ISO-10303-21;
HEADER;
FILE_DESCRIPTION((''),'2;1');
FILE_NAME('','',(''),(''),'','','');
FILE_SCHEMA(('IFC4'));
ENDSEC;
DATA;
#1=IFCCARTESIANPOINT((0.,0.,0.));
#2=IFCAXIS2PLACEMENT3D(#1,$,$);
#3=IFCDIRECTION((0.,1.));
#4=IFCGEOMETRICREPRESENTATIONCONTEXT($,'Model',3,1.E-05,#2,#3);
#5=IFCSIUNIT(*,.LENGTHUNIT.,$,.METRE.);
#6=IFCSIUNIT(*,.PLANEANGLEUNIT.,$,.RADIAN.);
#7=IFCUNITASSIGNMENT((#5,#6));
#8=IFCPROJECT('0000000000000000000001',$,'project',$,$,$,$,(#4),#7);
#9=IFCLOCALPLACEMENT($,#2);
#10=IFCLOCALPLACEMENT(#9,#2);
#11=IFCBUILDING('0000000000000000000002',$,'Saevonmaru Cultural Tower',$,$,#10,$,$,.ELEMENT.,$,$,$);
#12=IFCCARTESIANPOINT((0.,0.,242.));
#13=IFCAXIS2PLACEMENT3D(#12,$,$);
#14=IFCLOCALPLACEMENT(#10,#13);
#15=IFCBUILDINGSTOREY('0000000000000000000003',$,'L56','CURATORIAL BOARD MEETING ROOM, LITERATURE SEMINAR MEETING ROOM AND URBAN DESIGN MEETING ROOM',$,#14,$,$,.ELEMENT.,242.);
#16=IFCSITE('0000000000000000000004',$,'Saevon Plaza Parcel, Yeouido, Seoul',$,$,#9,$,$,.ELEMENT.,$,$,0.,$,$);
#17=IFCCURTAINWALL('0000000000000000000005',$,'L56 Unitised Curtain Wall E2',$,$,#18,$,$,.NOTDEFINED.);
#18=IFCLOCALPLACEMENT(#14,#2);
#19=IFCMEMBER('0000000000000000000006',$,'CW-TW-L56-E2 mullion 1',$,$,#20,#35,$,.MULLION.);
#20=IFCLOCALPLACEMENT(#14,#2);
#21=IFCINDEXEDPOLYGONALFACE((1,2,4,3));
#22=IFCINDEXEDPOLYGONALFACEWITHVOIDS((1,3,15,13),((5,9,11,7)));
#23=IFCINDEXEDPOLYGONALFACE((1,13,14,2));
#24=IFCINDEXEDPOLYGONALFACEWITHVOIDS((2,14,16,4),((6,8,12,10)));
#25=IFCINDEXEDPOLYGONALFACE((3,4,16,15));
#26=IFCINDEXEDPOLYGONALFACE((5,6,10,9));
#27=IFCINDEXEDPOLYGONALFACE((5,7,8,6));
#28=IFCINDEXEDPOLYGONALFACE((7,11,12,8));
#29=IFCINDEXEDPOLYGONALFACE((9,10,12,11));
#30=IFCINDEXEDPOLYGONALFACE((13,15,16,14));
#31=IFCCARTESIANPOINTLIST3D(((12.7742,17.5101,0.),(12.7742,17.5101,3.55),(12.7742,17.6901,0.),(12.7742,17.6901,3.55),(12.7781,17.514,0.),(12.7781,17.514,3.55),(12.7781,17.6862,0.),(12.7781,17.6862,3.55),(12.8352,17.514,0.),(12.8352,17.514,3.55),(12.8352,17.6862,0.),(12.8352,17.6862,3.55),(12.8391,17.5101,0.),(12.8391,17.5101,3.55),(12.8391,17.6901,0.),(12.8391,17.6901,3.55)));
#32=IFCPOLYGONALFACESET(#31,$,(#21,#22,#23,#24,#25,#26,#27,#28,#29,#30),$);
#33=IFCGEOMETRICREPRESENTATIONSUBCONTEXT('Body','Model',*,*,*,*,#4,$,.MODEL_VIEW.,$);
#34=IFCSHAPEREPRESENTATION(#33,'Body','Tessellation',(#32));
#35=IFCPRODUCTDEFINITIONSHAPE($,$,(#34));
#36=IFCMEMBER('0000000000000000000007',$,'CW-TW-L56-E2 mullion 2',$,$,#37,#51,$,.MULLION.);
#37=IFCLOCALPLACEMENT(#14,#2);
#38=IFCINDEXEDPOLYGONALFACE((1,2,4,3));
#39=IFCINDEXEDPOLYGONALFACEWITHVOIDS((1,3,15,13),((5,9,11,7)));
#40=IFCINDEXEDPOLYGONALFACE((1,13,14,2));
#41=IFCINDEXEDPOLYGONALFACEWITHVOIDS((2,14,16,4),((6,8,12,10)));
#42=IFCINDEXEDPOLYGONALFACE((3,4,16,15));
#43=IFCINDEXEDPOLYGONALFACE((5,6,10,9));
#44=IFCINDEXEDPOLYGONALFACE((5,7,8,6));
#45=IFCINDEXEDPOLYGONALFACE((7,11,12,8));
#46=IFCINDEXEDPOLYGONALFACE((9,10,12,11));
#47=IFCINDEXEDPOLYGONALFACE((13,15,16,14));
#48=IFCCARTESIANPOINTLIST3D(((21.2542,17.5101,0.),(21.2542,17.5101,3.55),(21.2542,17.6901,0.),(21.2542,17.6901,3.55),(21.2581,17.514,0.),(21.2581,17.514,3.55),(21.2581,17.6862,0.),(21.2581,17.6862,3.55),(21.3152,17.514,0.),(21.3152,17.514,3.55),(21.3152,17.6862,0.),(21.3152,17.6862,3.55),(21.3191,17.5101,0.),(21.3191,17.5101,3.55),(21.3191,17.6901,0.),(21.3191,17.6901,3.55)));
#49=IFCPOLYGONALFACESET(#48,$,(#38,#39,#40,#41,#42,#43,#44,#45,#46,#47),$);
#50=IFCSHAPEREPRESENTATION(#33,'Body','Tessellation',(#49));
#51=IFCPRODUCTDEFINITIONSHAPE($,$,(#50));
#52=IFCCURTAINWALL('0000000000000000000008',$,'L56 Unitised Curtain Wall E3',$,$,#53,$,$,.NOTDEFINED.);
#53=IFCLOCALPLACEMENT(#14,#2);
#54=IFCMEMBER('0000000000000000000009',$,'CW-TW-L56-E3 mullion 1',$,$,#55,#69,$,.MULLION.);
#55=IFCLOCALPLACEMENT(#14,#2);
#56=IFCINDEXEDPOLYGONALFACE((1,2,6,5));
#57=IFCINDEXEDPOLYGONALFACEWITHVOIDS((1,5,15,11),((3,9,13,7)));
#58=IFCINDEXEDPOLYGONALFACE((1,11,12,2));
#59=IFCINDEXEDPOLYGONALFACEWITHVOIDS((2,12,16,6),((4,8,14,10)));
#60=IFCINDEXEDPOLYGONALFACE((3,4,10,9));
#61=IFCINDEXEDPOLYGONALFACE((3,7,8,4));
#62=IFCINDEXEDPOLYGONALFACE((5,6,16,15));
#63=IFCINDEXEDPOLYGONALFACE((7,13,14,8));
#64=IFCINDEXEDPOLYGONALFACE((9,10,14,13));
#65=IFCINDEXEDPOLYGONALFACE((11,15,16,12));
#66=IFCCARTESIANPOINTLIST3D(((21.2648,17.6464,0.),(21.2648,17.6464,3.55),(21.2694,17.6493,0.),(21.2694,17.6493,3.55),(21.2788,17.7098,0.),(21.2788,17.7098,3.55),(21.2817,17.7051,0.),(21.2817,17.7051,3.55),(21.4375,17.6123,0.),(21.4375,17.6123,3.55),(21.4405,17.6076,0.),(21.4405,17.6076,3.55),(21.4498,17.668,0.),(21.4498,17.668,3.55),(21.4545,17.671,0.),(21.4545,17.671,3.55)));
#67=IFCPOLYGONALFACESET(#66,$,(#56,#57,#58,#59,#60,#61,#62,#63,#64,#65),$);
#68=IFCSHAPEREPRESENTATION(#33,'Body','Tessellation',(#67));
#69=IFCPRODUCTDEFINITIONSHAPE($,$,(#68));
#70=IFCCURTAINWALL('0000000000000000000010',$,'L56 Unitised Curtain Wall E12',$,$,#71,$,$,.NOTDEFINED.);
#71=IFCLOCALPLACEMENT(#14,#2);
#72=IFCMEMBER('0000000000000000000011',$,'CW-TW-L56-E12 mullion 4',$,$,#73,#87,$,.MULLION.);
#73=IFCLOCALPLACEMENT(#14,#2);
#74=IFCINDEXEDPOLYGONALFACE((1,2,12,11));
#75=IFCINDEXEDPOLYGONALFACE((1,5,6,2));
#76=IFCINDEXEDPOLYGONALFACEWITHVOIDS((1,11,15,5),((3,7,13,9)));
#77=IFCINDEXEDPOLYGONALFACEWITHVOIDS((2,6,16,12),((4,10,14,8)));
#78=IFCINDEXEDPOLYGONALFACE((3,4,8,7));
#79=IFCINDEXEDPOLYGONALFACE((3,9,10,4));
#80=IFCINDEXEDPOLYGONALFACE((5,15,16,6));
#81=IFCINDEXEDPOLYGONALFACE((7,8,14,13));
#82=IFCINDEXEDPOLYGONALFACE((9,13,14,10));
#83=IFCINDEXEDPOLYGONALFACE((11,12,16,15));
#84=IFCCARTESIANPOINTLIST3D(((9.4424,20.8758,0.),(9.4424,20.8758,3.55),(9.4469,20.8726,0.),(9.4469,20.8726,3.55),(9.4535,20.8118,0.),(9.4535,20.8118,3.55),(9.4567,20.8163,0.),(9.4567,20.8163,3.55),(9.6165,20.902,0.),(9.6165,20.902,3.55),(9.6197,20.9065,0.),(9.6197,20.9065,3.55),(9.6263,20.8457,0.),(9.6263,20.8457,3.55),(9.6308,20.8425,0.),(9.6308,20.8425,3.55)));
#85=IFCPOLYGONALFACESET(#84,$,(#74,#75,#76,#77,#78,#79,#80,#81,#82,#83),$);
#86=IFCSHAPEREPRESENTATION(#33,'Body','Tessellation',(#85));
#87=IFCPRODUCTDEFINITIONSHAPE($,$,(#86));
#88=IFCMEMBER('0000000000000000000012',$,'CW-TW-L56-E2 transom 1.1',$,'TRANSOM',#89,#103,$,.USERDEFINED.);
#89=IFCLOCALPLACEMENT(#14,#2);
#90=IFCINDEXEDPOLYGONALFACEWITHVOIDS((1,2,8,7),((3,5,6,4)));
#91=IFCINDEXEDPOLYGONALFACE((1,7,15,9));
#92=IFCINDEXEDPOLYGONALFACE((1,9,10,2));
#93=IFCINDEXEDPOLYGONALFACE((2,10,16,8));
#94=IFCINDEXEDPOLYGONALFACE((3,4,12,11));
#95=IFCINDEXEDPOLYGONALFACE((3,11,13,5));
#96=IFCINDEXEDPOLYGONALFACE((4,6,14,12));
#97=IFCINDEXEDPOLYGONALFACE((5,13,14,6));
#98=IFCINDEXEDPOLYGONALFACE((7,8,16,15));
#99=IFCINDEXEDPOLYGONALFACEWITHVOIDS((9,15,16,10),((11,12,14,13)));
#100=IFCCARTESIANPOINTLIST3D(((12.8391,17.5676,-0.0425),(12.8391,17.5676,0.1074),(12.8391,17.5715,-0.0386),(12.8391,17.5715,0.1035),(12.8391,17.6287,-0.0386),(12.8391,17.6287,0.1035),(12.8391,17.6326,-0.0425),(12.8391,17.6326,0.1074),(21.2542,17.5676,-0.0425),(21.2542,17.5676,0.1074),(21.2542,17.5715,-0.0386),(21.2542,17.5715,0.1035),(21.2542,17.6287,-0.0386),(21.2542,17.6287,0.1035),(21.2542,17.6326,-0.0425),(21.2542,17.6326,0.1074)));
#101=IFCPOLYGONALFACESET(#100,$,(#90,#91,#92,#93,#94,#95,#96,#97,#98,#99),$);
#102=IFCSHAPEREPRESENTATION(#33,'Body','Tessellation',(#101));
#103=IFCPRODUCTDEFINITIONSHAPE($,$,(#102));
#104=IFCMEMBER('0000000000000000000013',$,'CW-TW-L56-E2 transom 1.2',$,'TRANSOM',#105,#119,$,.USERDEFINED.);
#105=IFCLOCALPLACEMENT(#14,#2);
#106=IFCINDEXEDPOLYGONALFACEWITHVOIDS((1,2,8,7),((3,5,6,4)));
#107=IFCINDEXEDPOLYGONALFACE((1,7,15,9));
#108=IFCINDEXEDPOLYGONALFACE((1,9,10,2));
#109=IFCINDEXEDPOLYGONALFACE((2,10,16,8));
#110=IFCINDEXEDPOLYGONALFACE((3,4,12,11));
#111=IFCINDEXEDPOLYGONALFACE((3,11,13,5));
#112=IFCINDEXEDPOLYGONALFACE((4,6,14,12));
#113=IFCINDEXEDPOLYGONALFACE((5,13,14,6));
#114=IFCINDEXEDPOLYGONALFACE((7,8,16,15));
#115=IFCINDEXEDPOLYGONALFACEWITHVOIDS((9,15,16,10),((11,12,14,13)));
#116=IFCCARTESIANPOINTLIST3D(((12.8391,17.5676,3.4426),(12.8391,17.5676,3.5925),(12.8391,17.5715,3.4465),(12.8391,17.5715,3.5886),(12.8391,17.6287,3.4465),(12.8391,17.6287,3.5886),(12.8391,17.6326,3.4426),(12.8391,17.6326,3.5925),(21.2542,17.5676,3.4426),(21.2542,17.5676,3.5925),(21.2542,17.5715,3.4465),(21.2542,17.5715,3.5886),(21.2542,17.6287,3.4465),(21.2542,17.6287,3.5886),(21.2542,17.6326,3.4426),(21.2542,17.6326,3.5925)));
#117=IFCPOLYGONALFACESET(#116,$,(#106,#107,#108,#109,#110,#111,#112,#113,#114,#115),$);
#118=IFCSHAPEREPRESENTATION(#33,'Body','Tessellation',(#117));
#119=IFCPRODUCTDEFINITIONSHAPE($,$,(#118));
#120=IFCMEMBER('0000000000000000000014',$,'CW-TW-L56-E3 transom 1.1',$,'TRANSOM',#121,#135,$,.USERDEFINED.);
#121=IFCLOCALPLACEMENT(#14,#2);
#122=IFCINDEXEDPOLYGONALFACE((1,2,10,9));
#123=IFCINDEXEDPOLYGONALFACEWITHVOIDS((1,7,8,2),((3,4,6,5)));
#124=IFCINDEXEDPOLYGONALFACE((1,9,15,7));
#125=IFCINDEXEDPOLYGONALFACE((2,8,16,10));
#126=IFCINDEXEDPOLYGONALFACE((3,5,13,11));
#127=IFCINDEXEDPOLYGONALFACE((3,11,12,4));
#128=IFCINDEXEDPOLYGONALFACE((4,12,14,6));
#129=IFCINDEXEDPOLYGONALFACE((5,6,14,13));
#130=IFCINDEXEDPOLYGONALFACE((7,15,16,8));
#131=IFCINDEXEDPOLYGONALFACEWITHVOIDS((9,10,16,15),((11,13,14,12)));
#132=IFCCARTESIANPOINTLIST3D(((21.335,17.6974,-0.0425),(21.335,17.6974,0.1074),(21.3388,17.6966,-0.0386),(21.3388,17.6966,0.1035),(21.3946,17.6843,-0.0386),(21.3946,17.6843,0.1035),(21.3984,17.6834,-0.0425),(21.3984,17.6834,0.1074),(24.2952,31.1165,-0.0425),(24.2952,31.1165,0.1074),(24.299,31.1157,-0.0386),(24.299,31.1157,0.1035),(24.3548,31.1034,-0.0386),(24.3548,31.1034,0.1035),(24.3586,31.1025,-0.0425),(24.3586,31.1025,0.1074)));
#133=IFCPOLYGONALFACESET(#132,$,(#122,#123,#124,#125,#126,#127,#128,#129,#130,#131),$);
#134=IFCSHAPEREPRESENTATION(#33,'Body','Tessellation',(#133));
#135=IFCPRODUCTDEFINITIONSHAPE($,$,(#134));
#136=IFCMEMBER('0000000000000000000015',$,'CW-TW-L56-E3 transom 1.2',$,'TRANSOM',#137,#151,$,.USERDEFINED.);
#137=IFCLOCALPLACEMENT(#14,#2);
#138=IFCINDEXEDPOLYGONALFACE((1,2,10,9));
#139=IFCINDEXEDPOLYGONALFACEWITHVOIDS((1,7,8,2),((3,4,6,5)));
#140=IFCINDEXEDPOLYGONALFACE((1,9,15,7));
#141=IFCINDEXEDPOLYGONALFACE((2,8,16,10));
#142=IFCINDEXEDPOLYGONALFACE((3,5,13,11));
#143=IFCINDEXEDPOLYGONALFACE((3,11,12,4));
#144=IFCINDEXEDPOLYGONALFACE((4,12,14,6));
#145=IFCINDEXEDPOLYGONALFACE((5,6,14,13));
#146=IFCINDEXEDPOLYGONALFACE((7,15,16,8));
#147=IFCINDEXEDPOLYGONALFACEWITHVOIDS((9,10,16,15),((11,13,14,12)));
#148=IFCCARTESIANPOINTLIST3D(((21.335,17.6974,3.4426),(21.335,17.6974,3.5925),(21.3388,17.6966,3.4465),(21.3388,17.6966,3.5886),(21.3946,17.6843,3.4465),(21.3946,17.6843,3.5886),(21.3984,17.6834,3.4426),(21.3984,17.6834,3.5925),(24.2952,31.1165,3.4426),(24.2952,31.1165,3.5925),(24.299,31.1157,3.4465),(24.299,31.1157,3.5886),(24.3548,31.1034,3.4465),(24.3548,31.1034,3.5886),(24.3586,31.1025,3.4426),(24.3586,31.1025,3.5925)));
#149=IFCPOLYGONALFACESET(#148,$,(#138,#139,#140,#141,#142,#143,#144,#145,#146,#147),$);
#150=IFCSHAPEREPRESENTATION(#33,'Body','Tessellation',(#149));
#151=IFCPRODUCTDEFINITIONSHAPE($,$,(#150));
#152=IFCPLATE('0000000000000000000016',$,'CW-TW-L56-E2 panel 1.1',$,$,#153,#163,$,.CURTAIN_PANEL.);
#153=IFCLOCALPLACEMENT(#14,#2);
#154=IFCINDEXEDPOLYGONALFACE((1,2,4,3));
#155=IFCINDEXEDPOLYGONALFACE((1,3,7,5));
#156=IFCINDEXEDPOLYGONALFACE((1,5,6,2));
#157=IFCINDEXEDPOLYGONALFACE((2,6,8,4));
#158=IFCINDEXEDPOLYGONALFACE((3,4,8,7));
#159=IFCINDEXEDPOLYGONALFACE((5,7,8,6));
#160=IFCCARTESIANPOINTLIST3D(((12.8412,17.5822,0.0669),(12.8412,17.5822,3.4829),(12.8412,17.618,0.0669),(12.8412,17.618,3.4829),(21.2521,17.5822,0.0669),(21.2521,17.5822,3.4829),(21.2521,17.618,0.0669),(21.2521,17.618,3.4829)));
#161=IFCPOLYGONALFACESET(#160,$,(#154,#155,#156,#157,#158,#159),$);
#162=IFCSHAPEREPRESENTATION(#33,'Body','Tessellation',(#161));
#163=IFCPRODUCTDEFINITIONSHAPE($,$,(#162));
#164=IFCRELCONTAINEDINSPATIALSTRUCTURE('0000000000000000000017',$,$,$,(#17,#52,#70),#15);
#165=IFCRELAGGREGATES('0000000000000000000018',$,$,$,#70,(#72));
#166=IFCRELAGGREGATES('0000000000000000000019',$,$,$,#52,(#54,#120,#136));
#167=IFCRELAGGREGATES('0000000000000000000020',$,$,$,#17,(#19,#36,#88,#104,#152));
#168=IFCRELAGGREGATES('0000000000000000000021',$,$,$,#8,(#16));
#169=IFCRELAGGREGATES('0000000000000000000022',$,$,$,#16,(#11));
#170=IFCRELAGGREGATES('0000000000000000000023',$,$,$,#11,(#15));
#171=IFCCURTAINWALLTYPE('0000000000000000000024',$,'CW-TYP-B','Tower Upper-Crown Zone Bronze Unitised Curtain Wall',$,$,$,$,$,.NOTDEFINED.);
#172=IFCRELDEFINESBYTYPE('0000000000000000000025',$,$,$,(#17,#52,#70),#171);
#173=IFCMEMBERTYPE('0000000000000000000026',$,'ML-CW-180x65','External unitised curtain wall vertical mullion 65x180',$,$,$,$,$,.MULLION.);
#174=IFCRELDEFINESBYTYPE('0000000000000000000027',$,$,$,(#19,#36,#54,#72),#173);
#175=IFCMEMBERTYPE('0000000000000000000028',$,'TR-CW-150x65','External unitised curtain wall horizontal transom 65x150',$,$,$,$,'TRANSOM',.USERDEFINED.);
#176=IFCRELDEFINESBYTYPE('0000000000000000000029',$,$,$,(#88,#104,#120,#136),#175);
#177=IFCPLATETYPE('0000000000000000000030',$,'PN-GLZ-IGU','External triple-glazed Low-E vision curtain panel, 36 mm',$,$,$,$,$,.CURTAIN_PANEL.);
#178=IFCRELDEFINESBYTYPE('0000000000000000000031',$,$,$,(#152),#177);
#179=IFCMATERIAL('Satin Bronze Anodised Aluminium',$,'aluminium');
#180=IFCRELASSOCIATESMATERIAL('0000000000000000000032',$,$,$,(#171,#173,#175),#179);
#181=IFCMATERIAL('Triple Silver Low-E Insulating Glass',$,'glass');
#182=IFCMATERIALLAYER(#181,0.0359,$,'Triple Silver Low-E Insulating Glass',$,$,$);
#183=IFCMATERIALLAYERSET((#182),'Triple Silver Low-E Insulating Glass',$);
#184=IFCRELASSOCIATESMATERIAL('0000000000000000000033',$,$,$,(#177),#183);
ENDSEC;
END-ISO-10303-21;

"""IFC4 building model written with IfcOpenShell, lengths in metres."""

from ifc_helpers import new_model, si_unit, direction, frame, origin, origin_2d, place, context, subcontext, project, spatial, rectangle, hollow_rectangle, extrude, material, layer, layer_set, material_profile, profile_set, type_object, element, aggregate, save


model = new_model("IFC4")

# Units and contexts
model_context = context("Model", 3, precision=1e-05, world=origin(), true_north=direction((0.0, 1.0)))
body_context = subcontext(model_context, "Body", "Model", "MODEL_VIEW")
ifc_project = project(units=[si_unit("LENGTHUNIT", "METRE"), si_unit("PLANEANGLEUNIT", "RADIAN")], contexts=[model_context])

# Site, building, storey
site_placement = place(None, origin())
site = spatial("IfcSite", under=ifc_project, at=site_placement, Name="Saevon Plaza Parcel, Yeouido, Seoul", CompositionType="ELEMENT", RefElevation=0.0)
building_placement = place(site_placement, origin())
building = spatial("IfcBuilding", under=site, at=building_placement, Name="Saevonmaru Cultural Tower", CompositionType="ELEMENT")
storey_placement = place(building_placement, frame((0.0, 0.0, 242.0)))
storey = spatial("IfcBuildingStorey", under=building, at=storey_placement, Name="L56", Description="CURATORIAL BOARD MEETING ROOM, LITERATURE SEMINAR MEETING ROOM AND URBAN DESIGN MEETING ROOM", CompositionType="ELEMENT", Elevation=242.0)

# Curtain wall, members
ifc_material_1 = material(Name="Satin Bronze Anodised Aluminium", Category="aluminium")
curtain_wall_type = type_object("IfcCurtainWallType", Name="CW-TYP-B", Description="Tower Upper-Crown Zone Bronze Unitised Curtain Wall", PredefinedType="NOTDEFINED", material=ifc_material_1)
curtain_wall_1_placement = place(storey_placement, origin())
curtain_wall_1 = element("IfcCurtainWall", 1, at=curtain_wall_1_placement, inside=storey, type_object=curtain_wall_type, Name="L56 Unitised Curtain Wall E2", PredefinedType="NOTDEFINED")
ifc_material_profile_1 = material_profile(ifc_material_1, hollow_rectangle(XDim=0.0649, YDim=0.1799, WallThickness=0.0039, at=origin_2d()), Name="ALU-MULL-180x65x4")
ifc_profile_set_1 = profile_set([ifc_material_profile_1], Name="Satin Bronze Anodised Aluminium")
member_type_1 = type_object("IfcMemberType", Name="ML-CW-180x65", Description="External unitised curtain wall vertical mullion 65x180", PredefinedType="MULLION", material=ifc_profile_set_1)
member_1_placement = place(storey_placement, frame((12.8066, 17.6001, 0.0), z_axis=(0.0, 0.0, 1.0), x_axis=(1.0, 0.0, 0.0)))
member_1 = element("IfcMember", 2, at=member_1_placement, type_object=member_type_1, Name="CW-TW-L56-E2 mullion 1", PredefinedType="MULLION", context=body_context, shape_type="SweptSolid", body=[
    extrude(hollow_rectangle(XDim=0.0649, YDim=0.1799, WallThickness=0.0039, at=origin_2d()), origin(), (0.0, 0.0, 1.0), 3.55),
])
member_2_placement = place(storey_placement, frame((21.2866, 17.6001, 0.0), z_axis=(0.0, 0.0, 1.0), x_axis=(1.0, 0.0, 0.0)))
member_2 = element("IfcMember", 3, at=member_2_placement, type_object=member_type_1, Name="CW-TW-L56-E2 mullion 2", PredefinedType="MULLION", context=body_context, shape_type="SweptSolid", body=[
    extrude(hollow_rectangle(XDim=0.0649, YDim=0.1799, WallThickness=0.0039, at=origin_2d()), origin(), (0.0, 0.0, 1.0), 3.55),
])

# Curtain walls, members
curtain_wall_2_placement = place(storey_placement, origin())
curtain_wall_2 = element("IfcCurtainWall", 4, at=curtain_wall_2_placement, inside=storey, type_object=curtain_wall_type, Name="L56 Unitised Curtain Wall E3", PredefinedType="NOTDEFINED")
member_3_placement = place(storey_placement, frame((21.3596, 17.6587, 0.0), z_axis=(0.0, 0.0, 1.0), x_axis=(0.215413, 0.976523, 0.0)))
member_3 = element("IfcMember", 5, at=member_3_placement, type_object=member_type_1, Name="CW-TW-L56-E3 mullion 1", PredefinedType="MULLION", context=body_context, shape_type="SweptSolid", body=[
    extrude(hollow_rectangle(XDim=0.0649, YDim=0.1799, WallThickness=0.0039, at=origin_2d()), origin(), (0.0, 0.0, 1.0), 3.55),
])
curtain_wall_3_placement = place(storey_placement, origin())
curtain_wall_3 = element("IfcCurtainWall", 6, at=curtain_wall_3_placement, inside=storey, type_object=curtain_wall_type, Name="L56 Unitised Curtain Wall E12", PredefinedType="NOTDEFINED")
member_4_placement = place(storey_placement, frame((9.5366, 20.8591, 0.0), z_axis=(0.0, 0.0, 1.0), x_axis=(0.17079, -0.985307, 0.0)))
member_4 = element("IfcMember", 7, at=member_4_placement, type_object=member_type_1, Name="CW-TW-L56-E12 mullion 4", PredefinedType="MULLION", context=body_context, shape_type="SweptSolid", body=[
    extrude(hollow_rectangle(XDim=0.0649, YDim=0.1799, WallThickness=0.0039, at=origin_2d()), origin(), (0.0, 0.0, 1.0), 3.55),
])
aggregate(curtain_wall_3, [member_4])

# Members
ifc_material_profile_2 = material_profile(ifc_material_1, hollow_rectangle(XDim=0.0649, YDim=0.1499, WallThickness=0.0039, at=origin_2d()), Name="ALU-TRAN-150x65x4")
ifc_profile_set_2 = profile_set([ifc_material_profile_2], Name="Satin Bronze Anodised Aluminium")
member_type_2 = type_object("IfcMemberType", Name="TR-CW-150x65", Description="External unitised curtain wall horizontal transom 65x150", ElementType="TRANSOM", PredefinedType="USERDEFINED", material=ifc_profile_set_2)
member_5_placement = place(storey_placement, frame((12.8391, 17.6001, 0.0325), z_axis=(1.0, 0.0, 0.0), x_axis=(0.0, 1.0, 0.0)))
member_5 = element("IfcMember", 8, at=member_5_placement, type_object=member_type_2, Name="CW-TW-L56-E2 transom 1.1", ObjectType="TRANSOM", PredefinedType="USERDEFINED", context=body_context, shape_type="SweptSolid", body=[
    extrude(hollow_rectangle(XDim=0.0649, YDim=0.1499, WallThickness=0.0039, at=origin_2d()), origin(), (0.0, 0.0, 1.0), 8.415),
])
member_6_placement = place(storey_placement, frame((12.8391, 17.6001, 3.5176), z_axis=(1.0, 0.0, 0.0), x_axis=(0.0, 1.0, 0.0)))
member_6 = element("IfcMember", 9, at=member_6_placement, type_object=member_type_2, Name="CW-TW-L56-E2 transom 1.2", ObjectType="TRANSOM", PredefinedType="USERDEFINED", context=body_context, shape_type="SweptSolid", body=[
    extrude(hollow_rectangle(XDim=0.0649, YDim=0.1499, WallThickness=0.0039, at=origin_2d()), origin(), (0.0, 0.0, 1.0), 8.415),
])
member_7_placement = place(storey_placement, frame((21.3667, 17.6904, 0.0325), z_axis=(0.215416, 0.976522, 0.0), x_axis=(-0.976522, 0.215416, 0.0)))
member_7 = element("IfcMember", 10, at=member_7_placement, type_object=member_type_2, Name="CW-TW-L56-E3 transom 1.1", ObjectType="TRANSOM", PredefinedType="USERDEFINED", context=body_context, shape_type="SweptSolid", body=[
    extrude(hollow_rectangle(XDim=0.0649, YDim=0.1499, WallThickness=0.0039, at=origin_2d()), origin(), (0.0, 0.0, 1.0), 13.7417),
])
member_8_placement = place(storey_placement, frame((21.3667, 17.6904, 3.5176), z_axis=(0.215416, 0.976522, 0.0), x_axis=(-0.976522, 0.215416, 0.0)))
member_8 = element("IfcMember", 11, at=member_8_placement, type_object=member_type_2, Name="CW-TW-L56-E3 transom 1.2", ObjectType="TRANSOM", PredefinedType="USERDEFINED", context=body_context, shape_type="SweptSolid", body=[
    extrude(hollow_rectangle(XDim=0.0649, YDim=0.1499, WallThickness=0.0039, at=origin_2d()), origin(), (0.0, 0.0, 1.0), 13.7417),
])
aggregate(curtain_wall_2, [member_3, member_7, member_8])

# Plate
ifc_material_2 = material(Name="Triple Silver Low-E Insulating Glass", Category="glass")
ifc_layer_1 = layer(ifc_material_2, 0.0359, Name="Triple Silver Low-E Insulating Glass")
ifc_layer_set_1 = layer_set([ifc_layer_1], Name="Triple Silver Low-E Insulating Glass")
plate_type = type_object("IfcPlateType", Name="PN-GLZ-IGU", Description="External triple-glazed Low-E vision curtain panel, 36 mm", PredefinedType="CURTAIN_PANEL", material=ifc_layer_set_1)
plate_placement = place(storey_placement, frame((17.0466, 17.6001, 0.0669), z_axis=(0.0, 0.0, 1.0), x_axis=(1.0, 0.0, 0.0)))
plate = element("IfcPlate", 12, at=plate_placement, type_object=plate_type, Name="CW-TW-L56-E2 panel 1.1", PredefinedType="CURTAIN_PANEL", context=body_context, shape_type="SweptSolid", body=[
    extrude(rectangle(XDim=8.4109, YDim=0.0359, at=origin_2d()), origin(), (0.0, 0.0, 1.0), 3.416),
])
aggregate(curtain_wall_1, [member_1, member_2, member_5, member_6, plate])

save(model, "model.ifc")
